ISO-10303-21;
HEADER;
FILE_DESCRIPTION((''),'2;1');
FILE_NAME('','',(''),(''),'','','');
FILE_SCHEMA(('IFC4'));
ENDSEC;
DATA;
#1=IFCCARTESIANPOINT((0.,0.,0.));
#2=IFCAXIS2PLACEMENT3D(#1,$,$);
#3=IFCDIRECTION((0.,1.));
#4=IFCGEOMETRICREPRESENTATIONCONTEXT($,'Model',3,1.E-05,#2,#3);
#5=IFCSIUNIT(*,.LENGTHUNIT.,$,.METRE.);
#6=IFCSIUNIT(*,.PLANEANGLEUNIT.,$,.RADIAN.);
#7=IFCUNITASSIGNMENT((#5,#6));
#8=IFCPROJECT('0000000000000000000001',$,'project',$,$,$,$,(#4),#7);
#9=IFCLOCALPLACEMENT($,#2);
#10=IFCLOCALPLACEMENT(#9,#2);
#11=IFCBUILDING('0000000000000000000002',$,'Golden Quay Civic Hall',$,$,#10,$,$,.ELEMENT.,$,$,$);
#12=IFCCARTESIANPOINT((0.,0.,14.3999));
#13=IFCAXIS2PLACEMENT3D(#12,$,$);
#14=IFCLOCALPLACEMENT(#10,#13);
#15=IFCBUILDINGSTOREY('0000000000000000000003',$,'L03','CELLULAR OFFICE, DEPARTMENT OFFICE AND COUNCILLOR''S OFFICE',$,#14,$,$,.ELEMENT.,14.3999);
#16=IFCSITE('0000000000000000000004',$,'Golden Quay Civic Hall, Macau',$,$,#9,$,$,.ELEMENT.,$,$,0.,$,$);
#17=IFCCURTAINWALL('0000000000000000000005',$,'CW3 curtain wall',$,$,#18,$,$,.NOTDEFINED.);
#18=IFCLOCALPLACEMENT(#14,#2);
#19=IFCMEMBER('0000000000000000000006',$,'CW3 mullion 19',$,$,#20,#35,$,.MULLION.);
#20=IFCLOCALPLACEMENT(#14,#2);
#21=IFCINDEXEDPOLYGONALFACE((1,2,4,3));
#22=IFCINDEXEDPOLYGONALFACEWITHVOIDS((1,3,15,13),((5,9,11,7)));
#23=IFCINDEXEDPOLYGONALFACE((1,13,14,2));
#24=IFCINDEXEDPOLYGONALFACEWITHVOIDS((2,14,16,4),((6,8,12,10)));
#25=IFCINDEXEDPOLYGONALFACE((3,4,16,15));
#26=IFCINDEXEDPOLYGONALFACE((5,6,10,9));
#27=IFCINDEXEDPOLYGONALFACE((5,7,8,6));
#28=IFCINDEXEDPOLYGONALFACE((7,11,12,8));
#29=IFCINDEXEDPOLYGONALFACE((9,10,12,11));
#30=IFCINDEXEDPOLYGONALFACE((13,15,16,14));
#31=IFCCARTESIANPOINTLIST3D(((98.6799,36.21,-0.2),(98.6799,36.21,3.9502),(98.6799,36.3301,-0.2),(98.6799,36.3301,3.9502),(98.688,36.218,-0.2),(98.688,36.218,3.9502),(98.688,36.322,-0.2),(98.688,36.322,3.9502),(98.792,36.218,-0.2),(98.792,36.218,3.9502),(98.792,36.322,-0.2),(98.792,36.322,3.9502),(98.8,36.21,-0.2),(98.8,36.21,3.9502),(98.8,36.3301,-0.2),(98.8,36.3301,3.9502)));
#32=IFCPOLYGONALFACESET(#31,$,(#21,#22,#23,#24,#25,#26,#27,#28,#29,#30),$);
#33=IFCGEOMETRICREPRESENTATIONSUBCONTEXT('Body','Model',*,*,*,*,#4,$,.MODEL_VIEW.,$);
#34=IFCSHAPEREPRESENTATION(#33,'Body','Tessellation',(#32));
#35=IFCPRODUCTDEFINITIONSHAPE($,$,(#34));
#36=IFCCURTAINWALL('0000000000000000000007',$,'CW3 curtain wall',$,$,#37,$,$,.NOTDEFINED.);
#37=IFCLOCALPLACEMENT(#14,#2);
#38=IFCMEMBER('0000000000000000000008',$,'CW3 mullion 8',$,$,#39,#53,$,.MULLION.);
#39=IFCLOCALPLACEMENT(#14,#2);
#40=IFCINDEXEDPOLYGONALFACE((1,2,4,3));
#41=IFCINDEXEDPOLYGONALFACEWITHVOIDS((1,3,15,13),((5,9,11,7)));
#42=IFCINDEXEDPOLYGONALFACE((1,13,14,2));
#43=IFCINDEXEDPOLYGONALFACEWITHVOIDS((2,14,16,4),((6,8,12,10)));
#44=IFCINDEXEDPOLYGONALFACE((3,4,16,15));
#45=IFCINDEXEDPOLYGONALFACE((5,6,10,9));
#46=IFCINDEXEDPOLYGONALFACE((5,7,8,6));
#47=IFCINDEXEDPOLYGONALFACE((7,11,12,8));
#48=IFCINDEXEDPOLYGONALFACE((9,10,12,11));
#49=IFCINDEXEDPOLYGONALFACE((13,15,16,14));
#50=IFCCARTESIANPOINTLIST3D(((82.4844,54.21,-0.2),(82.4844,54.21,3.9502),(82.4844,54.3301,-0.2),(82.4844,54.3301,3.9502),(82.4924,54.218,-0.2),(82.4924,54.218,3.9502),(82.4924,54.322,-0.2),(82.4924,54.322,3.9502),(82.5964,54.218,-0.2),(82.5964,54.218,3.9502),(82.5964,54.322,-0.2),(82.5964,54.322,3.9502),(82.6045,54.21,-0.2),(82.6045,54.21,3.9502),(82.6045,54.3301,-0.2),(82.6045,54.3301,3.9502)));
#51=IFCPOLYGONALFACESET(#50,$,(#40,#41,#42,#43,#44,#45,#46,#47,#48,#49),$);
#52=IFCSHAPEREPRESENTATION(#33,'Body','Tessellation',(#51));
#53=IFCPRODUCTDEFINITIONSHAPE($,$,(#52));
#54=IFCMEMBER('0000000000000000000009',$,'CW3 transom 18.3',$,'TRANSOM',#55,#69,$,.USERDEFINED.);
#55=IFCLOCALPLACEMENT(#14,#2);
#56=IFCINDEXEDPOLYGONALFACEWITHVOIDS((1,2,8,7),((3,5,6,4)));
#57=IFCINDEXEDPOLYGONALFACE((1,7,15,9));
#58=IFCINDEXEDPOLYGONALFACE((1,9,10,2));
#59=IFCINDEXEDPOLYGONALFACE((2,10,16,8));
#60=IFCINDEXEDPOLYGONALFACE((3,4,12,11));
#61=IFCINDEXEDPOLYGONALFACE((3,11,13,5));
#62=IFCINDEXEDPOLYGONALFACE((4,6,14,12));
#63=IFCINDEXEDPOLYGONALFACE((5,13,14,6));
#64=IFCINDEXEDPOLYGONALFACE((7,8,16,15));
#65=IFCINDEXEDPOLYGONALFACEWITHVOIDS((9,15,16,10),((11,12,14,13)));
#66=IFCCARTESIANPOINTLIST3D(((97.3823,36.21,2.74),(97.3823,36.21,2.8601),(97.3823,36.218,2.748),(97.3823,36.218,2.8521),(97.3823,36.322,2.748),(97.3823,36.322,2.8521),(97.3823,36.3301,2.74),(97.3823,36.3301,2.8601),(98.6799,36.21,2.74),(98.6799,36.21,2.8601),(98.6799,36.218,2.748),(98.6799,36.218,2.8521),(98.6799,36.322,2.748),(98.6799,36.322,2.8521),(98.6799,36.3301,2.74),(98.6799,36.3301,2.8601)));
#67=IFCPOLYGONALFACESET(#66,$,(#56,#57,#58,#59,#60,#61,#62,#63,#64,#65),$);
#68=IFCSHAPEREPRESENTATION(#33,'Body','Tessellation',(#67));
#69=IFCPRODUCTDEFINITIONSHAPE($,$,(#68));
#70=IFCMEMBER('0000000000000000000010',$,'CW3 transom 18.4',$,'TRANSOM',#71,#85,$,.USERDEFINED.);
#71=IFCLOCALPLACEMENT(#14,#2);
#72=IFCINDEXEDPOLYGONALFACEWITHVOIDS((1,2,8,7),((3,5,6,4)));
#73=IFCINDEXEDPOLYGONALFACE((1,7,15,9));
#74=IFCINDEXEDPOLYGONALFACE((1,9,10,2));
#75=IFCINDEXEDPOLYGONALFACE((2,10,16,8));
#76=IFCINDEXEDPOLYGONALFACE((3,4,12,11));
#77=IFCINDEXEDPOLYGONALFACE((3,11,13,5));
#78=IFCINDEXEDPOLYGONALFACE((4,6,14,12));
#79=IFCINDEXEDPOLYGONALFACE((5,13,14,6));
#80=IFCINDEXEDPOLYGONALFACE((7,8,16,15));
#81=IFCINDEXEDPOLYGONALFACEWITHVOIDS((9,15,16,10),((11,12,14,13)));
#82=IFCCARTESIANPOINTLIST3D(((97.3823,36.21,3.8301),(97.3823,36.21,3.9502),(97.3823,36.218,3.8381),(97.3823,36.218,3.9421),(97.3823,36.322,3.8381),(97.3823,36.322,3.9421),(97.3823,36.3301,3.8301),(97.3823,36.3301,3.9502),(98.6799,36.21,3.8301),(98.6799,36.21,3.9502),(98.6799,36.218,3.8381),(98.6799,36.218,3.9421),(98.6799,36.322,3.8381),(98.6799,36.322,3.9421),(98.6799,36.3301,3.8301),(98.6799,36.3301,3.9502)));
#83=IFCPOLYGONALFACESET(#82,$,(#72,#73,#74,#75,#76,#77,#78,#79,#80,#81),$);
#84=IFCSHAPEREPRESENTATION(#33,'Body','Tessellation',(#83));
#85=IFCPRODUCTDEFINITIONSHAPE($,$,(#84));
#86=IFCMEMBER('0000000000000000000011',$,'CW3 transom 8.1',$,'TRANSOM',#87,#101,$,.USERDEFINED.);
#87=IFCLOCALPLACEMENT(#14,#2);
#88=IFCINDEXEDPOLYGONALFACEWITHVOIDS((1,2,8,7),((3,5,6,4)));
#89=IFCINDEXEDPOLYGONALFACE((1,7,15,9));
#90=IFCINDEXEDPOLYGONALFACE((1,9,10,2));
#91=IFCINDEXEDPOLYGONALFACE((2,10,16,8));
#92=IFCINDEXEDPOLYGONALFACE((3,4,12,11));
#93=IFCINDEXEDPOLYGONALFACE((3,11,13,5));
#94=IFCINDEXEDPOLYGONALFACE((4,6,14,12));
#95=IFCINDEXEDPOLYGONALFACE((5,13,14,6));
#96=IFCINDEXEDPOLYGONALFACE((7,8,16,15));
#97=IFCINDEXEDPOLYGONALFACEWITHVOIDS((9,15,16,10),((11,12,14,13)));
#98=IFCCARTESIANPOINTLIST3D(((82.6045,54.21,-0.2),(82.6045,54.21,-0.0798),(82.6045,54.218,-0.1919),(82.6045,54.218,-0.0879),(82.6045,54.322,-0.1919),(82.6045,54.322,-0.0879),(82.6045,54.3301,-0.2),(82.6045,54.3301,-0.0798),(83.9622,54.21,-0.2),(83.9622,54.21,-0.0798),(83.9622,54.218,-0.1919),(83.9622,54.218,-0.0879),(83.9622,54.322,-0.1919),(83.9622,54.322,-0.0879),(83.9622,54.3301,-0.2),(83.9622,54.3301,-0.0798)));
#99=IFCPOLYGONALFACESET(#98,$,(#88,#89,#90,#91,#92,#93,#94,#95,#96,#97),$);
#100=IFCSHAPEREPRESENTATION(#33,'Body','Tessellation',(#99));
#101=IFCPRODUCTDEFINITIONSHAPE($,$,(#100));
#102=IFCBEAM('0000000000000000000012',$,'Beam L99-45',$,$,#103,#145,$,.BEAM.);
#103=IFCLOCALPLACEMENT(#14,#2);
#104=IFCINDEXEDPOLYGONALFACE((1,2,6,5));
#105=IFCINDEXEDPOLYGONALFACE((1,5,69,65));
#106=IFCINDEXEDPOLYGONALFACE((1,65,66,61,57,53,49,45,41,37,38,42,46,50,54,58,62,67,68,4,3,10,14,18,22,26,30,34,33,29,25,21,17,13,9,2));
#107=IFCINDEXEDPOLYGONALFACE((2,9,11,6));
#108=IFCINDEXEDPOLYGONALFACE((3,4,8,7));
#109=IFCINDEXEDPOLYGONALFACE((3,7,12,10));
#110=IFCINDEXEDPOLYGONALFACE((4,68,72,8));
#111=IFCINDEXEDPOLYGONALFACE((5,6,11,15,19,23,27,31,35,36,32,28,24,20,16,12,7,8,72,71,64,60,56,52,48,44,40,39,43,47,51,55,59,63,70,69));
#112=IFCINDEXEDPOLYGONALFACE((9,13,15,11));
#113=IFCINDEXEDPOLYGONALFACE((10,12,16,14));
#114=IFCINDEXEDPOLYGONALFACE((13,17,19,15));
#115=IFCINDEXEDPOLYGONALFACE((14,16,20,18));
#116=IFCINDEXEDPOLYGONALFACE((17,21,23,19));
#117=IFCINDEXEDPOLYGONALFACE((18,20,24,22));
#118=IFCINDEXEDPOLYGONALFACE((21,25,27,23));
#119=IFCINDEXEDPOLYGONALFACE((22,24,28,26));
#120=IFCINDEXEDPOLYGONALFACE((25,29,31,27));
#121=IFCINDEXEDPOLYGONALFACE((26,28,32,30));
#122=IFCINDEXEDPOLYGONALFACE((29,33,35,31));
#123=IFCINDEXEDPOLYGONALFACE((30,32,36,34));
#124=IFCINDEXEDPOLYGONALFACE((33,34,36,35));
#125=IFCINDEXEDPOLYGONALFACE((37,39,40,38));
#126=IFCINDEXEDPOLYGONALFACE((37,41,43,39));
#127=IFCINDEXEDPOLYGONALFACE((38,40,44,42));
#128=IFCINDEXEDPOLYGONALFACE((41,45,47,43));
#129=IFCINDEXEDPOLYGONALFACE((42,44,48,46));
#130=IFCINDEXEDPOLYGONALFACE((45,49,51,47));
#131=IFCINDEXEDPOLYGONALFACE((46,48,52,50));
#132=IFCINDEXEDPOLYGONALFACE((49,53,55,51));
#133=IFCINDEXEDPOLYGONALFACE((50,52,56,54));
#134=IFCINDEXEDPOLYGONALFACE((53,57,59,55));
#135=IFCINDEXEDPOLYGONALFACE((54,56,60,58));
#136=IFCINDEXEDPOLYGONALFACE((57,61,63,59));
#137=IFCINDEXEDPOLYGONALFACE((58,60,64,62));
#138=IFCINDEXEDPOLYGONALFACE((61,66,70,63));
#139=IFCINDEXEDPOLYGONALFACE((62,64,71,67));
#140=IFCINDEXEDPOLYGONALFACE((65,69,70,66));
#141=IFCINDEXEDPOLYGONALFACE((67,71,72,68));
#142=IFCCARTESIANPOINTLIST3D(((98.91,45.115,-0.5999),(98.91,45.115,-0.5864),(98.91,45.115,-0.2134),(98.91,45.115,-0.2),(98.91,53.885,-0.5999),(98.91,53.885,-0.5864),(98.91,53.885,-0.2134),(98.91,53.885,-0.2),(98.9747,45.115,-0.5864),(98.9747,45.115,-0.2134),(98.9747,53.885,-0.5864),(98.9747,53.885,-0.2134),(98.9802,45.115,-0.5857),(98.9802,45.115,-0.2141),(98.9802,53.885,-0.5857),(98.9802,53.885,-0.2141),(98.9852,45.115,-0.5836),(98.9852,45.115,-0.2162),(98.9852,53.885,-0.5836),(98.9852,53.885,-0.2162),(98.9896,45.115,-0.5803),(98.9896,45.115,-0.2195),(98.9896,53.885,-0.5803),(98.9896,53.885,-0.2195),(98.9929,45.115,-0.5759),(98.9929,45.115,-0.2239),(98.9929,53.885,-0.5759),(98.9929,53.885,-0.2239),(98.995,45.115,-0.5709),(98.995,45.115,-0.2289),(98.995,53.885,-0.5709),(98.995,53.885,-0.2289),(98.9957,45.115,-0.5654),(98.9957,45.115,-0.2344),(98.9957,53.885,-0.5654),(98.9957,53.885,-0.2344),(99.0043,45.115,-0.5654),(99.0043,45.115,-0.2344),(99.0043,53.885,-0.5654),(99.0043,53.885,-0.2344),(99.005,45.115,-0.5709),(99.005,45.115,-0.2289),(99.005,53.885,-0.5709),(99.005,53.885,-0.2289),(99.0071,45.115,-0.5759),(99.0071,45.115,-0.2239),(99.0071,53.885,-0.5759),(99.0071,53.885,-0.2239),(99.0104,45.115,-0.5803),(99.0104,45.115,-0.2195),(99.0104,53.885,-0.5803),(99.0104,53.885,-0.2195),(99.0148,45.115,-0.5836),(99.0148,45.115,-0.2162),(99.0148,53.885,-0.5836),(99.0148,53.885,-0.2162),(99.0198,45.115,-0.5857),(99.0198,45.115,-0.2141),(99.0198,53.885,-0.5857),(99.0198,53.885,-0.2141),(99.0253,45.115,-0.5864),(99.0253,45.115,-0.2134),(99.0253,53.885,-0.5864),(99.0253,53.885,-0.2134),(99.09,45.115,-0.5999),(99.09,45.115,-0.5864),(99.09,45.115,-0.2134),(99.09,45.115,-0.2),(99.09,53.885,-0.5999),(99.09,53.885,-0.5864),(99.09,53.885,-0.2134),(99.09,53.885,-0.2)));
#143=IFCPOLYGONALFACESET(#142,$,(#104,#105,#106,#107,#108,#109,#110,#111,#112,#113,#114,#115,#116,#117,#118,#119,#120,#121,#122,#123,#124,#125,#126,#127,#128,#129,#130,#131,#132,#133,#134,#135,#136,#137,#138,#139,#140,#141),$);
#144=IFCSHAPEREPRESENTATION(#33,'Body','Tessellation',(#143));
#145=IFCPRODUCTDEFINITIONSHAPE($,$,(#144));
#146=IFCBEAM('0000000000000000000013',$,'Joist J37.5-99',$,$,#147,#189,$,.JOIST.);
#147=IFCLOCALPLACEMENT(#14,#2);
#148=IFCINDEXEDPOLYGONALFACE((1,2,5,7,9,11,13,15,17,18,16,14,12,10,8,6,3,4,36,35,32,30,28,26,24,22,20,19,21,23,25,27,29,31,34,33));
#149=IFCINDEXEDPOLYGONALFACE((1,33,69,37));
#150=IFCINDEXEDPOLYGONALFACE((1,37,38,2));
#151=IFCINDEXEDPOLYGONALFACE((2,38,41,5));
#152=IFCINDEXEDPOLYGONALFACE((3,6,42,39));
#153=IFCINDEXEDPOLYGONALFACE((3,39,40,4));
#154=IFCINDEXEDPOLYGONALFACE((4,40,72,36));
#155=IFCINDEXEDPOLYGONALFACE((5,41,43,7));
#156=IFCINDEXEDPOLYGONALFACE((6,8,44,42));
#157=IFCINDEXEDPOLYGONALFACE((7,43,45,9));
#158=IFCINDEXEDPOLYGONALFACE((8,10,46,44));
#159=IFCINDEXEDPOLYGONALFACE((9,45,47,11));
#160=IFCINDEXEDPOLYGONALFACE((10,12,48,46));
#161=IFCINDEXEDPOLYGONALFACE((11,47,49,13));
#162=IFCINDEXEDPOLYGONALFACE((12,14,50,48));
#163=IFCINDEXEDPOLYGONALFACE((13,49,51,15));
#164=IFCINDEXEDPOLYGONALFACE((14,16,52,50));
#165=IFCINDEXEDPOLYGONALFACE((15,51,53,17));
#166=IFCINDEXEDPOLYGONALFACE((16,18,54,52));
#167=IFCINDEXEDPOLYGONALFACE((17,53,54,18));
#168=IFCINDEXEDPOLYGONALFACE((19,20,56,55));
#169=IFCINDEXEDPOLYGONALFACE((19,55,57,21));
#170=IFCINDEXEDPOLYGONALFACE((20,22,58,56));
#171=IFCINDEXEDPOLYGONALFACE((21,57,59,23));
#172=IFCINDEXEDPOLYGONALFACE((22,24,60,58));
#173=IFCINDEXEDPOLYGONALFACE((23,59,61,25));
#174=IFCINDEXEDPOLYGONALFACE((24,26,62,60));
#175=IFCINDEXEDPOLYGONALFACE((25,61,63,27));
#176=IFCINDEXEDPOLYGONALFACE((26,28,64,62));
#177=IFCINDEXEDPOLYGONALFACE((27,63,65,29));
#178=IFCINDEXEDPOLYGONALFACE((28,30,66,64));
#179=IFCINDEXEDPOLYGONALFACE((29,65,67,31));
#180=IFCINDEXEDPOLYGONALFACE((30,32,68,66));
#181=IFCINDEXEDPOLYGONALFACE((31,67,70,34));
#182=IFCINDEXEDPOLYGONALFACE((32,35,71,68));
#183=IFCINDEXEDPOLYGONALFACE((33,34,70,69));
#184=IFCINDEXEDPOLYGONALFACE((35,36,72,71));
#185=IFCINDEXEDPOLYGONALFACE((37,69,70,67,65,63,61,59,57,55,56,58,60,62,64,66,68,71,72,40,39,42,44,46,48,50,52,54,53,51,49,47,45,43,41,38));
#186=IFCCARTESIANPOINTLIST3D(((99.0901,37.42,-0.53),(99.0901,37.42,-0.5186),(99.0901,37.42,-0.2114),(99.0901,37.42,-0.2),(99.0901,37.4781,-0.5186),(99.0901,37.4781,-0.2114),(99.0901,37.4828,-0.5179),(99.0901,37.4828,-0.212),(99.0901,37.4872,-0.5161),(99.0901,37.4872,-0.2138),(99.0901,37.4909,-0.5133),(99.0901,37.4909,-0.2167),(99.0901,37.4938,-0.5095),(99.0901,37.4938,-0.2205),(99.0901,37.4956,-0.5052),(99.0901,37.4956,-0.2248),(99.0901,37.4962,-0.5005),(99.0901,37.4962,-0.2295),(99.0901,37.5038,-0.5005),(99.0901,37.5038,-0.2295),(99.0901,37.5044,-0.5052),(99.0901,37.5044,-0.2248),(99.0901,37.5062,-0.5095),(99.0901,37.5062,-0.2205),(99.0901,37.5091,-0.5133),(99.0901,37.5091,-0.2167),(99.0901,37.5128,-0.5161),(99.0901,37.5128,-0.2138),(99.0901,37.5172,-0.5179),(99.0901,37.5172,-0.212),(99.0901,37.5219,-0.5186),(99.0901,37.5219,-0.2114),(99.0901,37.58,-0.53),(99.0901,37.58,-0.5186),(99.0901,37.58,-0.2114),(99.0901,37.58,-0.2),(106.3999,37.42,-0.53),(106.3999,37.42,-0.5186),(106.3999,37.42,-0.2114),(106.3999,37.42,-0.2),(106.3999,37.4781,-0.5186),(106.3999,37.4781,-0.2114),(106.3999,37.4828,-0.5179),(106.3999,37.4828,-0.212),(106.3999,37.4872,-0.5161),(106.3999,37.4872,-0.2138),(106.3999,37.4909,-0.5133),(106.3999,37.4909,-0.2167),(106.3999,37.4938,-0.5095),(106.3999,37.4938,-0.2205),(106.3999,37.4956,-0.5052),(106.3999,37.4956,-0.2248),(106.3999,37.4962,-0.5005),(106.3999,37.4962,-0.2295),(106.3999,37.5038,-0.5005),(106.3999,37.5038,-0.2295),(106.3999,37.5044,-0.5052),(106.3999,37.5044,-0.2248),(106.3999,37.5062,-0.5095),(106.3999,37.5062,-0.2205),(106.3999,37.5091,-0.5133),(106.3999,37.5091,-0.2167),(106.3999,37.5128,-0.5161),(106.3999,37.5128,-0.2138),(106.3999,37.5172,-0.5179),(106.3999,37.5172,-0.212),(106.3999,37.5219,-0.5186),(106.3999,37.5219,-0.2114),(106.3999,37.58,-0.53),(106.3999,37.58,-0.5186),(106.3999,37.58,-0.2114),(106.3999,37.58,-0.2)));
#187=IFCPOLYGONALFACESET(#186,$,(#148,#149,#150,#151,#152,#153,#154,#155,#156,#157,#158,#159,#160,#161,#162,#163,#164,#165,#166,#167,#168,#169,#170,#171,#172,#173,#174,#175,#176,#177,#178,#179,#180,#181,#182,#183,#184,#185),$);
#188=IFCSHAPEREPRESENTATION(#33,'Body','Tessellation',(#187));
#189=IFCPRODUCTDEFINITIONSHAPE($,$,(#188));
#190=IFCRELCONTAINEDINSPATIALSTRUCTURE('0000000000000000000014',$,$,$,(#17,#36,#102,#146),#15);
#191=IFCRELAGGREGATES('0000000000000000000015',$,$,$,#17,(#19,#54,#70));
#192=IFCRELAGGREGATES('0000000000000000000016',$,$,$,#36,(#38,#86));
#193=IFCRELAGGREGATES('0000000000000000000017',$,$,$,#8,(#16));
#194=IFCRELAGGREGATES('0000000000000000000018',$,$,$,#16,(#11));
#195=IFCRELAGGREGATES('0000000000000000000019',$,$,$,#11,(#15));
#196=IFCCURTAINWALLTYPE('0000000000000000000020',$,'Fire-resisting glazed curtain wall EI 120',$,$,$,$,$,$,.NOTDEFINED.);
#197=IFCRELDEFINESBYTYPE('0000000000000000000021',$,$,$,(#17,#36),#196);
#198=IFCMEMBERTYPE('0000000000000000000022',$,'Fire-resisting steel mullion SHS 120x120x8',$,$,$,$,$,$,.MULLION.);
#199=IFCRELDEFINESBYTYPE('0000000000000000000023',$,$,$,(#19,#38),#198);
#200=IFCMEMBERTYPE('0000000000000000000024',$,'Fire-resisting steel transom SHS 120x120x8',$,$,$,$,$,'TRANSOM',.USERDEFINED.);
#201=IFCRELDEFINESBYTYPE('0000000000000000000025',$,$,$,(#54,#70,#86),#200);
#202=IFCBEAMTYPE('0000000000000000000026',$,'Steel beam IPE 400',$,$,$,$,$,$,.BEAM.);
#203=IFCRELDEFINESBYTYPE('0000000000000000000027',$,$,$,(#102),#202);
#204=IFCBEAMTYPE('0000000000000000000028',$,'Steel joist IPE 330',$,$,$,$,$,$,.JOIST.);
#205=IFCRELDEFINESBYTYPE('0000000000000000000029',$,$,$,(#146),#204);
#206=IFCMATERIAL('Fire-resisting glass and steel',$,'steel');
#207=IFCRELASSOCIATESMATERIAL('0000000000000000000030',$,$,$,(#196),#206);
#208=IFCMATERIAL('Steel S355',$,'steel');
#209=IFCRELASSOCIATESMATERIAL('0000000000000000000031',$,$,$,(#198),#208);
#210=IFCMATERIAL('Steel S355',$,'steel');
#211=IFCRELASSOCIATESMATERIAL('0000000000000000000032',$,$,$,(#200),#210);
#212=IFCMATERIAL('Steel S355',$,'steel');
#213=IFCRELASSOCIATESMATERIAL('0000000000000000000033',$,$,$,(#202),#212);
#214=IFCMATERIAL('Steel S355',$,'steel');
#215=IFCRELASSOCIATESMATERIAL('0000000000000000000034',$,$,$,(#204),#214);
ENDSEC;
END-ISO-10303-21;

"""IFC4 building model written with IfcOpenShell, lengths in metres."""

from ifc_helpers import new_model, si_unit, direction, frame, origin, origin_2d, place, context, subcontext, project, spatial, hollow_rectangle, i_section, extrude, material, material_profile, profile_set, type_object, element, aggregate, save


model = new_model("IFC4")

# Units and contexts
model_context = context("Model", 3, precision=1e-05, world=origin(), true_north=direction((0.0, 1.0)))
body_context = subcontext(model_context, "Body", "Model", "MODEL_VIEW")
ifc_project = project(units=[si_unit("LENGTHUNIT", "METRE"), si_unit("PLANEANGLEUNIT", "RADIAN")], contexts=[model_context])

# Site, building, storey
site_placement = place(None, origin())
site = spatial("IfcSite", under=ifc_project, at=site_placement, Name="Golden Quay Civic Hall, Macau", CompositionType="ELEMENT", RefElevation=0.0)
building_placement = place(site_placement, origin())
building = spatial("IfcBuilding", under=site, at=building_placement, Name="Golden Quay Civic Hall", CompositionType="ELEMENT")
storey_placement = place(building_placement, frame((0.0, 0.0, 14.3999)))
storey = spatial("IfcBuildingStorey", under=building, at=storey_placement, Name="L03", Description="CELLULAR OFFICE, DEPARTMENT OFFICE AND COUNCILLOR'S OFFICE", CompositionType="ELEMENT", Elevation=14.3999)

# Curtain walls, members
ifc_material_1 = material(Name="Fire-resisting glass and steel", Category="steel")
curtain_wall_type_1 = type_object("IfcCurtainWallType", Name="Fire-resisting glazed curtain wall EI 120", PredefinedType="NOTDEFINED", material=ifc_material_1)
curtain_wall_1_placement = place(storey_placement, origin())
curtain_wall_1 = element("IfcCurtainWall", 1, at=curtain_wall_1_placement, inside=storey, type_object=curtain_wall_type_1, Name="CW3 curtain wall", PredefinedType="NOTDEFINED")
ifc_material_2 = material(Name="Steel S355", Category="steel")
ifc_material_profile_1 = material_profile(ifc_material_2, hollow_rectangle(XDim=0.1201, YDim=0.1201, WallThickness=0.0081, at=origin_2d()), Name="SHS 120x120x8")
ifc_profile_set_1 = profile_set([ifc_material_profile_1], Name="Steel S355")
member_type_1 = type_object("IfcMemberType", Name="Fire-resisting steel mullion SHS 120x120x8", PredefinedType="MULLION", material=ifc_profile_set_1)
member_1_placement = place(storey_placement, frame((98.74, 36.27, -0.2), z_axis=(0.0, 0.0, 1.0), x_axis=(0.0, 1.0, 0.0)))
member_1 = element("IfcMember", 2, at=member_1_placement, type_object=member_type_1, Name="CW3 mullion 19", PredefinedType="MULLION", context=body_context, shape_type="SweptSolid", body=[
    extrude(hollow_rectangle(XDim=0.1201, YDim=0.1201, WallThickness=0.0081, at=origin_2d()), origin(), (0.0, 0.0, 1.0), 4.1501),
])
curtain_wall_2_placement = place(storey_placement, origin())
curtain_wall_2 = element("IfcCurtainWall", 3, at=curtain_wall_2_placement, inside=storey, type_object=curtain_wall_type_1, Name="CW3 curtain wall", PredefinedType="NOTDEFINED")
member_2_placement = place(storey_placement, frame((82.5444, 54.27, -0.2), z_axis=(0.0, 0.0, 1.0), x_axis=(0.0, 1.0, 0.0)))
member_2 = element("IfcMember", 4, at=member_2_placement, type_object=member_type_1, Name="CW3 mullion 8", PredefinedType="MULLION", context=body_context, shape_type="SweptSolid", body=[
    extrude(hollow_rectangle(XDim=0.1201, YDim=0.1201, WallThickness=0.0081, at=origin_2d()), origin(), (0.0, 0.0, 1.0), 4.1501),
])

# Members
ifc_material_3 = material(Name="Steel S355", Category="steel")
ifc_material_profile_2 = material_profile(ifc_material_3, hollow_rectangle(XDim=0.1201, YDim=0.1201, WallThickness=0.0081, at=origin_2d()), Name="SHS 120x120x8")
ifc_profile_set_2 = profile_set([ifc_material_profile_2], Name="Steel S355")
member_type_2 = type_object("IfcMemberType", Name="Fire-resisting steel transom SHS 120x120x8", ElementType="TRANSOM", PredefinedType="USERDEFINED", material=ifc_profile_set_2)
member_3_placement = place(storey_placement, frame((97.3823, 36.27, 2.8), z_axis=(1.0, 0.0, 0.0), x_axis=(0.0, 1.0, 0.0)))
member_3 = element("IfcMember", 5, at=member_3_placement, type_object=member_type_2, Name="CW3 transom 18.3", ObjectType="TRANSOM", PredefinedType="USERDEFINED", context=body_context, shape_type="SweptSolid", body=[
    extrude(hollow_rectangle(XDim=0.1201, YDim=0.1201, WallThickness=0.0081, at=origin_2d()), origin(), (0.0, 0.0, 1.0), 1.2976),
])
member_4_placement = place(storey_placement, frame((97.3823, 36.27, 3.8901), z_axis=(1.0, 0.0, 0.0), x_axis=(0.0, 1.0, 0.0)))
member_4 = element("IfcMember", 6, at=member_4_placement, type_object=member_type_2, Name="CW3 transom 18.4", ObjectType="TRANSOM", PredefinedType="USERDEFINED", context=body_context, shape_type="SweptSolid", body=[
    extrude(hollow_rectangle(XDim=0.1201, YDim=0.1201, WallThickness=0.0081, at=origin_2d()), origin(), (0.0, 0.0, 1.0), 1.2976),
])
member_5_placement = place(storey_placement, frame((82.6045, 54.27, -0.1399), z_axis=(1.0, 0.0, 0.0), x_axis=(0.0, 1.0, 0.0)))
member_5 = element("IfcMember", 7, at=member_5_placement, type_object=member_type_2, Name="CW3 transom 8.1", ObjectType="TRANSOM", PredefinedType="USERDEFINED", context=body_context, shape_type="SweptSolid", body=[
    extrude(hollow_rectangle(XDim=0.1201, YDim=0.1201, WallThickness=0.0081, at=origin_2d()), origin(), (0.0, 0.0, 1.0), 1.3577),
])

# Beams
ifc_material_4 = material(Name="Steel S355", Category="steel")
ifc_material_profile_3 = material_profile(ifc_material_4, i_section(OverallWidth=0.1799, OverallDepth=0.3999, WebThickness=0.0085, FlangeThickness=0.0134, FilletRadius=0.021, at=origin_2d()), Name="IPE 400")
ifc_profile_set_3 = profile_set([ifc_material_profile_3], Name="Steel S355")
beam_type_1 = type_object("IfcBeamType", Name="Steel beam IPE 400", PredefinedType="BEAM", material=ifc_profile_set_3)
beam_placement = place(storey_placement, frame((99.0, 45.115, -0.3999), z_axis=(0.0, 1.0, 0.0), x_axis=(-1.0, 0.0, 0.0)))
element("IfcBeam", 8, at=beam_placement, inside=storey, type_object=beam_type_1, Name="Beam L99-45", PredefinedType="BEAM", context=body_context, shape_type="SweptSolid", body=[
    extrude(i_section(OverallWidth=0.1799, OverallDepth=0.3999, WebThickness=0.0085, FlangeThickness=0.0134, FilletRadius=0.021, at=origin_2d()), origin(), (0.0, 0.0, 1.0), 8.77),
])
ifc_material_5 = material(Name="Steel S355", Category="steel")
ifc_material_profile_4 = material_profile(ifc_material_5, i_section(OverallWidth=0.1599, OverallDepth=0.3301, WebThickness=0.0076, FlangeThickness=0.0115, FilletRadius=0.0181, at=origin_2d()), Name="IPE 330")
ifc_profile_set_4 = profile_set([ifc_material_profile_4], Name="Steel S355")
beam_type_2 = type_object("IfcBeamType", Name="Steel joist IPE 330", PredefinedType="JOIST", material=ifc_profile_set_4)
for number, where, z_axis, x_axis, name in (
    (9, (99.0901, 37.5, -0.365), (1.0, 0.0, 0.0), (0.0, 1.0, 0.0), "Joist J37.5-99"),
):
    element("IfcBeam", number, at=place(storey_placement, frame(where, z_axis=z_axis, x_axis=x_axis)), inside=storey, type_object=beam_type_2, Name=name, PredefinedType="JOIST", context=body_context, shape_type="SweptSolid", body=[
        extrude(i_section(OverallWidth=0.1599, OverallDepth=0.3301, WebThickness=0.0076, FlangeThickness=0.0115, FilletRadius=0.0181, at=origin_2d()), origin(), (0.0, 0.0, 1.0), 7.3098),
    ])

aggregate(curtain_wall_1, [member_1, member_3, member_4])
aggregate(curtain_wall_2, [member_2, member_5])

save(model, "model.ifc")
